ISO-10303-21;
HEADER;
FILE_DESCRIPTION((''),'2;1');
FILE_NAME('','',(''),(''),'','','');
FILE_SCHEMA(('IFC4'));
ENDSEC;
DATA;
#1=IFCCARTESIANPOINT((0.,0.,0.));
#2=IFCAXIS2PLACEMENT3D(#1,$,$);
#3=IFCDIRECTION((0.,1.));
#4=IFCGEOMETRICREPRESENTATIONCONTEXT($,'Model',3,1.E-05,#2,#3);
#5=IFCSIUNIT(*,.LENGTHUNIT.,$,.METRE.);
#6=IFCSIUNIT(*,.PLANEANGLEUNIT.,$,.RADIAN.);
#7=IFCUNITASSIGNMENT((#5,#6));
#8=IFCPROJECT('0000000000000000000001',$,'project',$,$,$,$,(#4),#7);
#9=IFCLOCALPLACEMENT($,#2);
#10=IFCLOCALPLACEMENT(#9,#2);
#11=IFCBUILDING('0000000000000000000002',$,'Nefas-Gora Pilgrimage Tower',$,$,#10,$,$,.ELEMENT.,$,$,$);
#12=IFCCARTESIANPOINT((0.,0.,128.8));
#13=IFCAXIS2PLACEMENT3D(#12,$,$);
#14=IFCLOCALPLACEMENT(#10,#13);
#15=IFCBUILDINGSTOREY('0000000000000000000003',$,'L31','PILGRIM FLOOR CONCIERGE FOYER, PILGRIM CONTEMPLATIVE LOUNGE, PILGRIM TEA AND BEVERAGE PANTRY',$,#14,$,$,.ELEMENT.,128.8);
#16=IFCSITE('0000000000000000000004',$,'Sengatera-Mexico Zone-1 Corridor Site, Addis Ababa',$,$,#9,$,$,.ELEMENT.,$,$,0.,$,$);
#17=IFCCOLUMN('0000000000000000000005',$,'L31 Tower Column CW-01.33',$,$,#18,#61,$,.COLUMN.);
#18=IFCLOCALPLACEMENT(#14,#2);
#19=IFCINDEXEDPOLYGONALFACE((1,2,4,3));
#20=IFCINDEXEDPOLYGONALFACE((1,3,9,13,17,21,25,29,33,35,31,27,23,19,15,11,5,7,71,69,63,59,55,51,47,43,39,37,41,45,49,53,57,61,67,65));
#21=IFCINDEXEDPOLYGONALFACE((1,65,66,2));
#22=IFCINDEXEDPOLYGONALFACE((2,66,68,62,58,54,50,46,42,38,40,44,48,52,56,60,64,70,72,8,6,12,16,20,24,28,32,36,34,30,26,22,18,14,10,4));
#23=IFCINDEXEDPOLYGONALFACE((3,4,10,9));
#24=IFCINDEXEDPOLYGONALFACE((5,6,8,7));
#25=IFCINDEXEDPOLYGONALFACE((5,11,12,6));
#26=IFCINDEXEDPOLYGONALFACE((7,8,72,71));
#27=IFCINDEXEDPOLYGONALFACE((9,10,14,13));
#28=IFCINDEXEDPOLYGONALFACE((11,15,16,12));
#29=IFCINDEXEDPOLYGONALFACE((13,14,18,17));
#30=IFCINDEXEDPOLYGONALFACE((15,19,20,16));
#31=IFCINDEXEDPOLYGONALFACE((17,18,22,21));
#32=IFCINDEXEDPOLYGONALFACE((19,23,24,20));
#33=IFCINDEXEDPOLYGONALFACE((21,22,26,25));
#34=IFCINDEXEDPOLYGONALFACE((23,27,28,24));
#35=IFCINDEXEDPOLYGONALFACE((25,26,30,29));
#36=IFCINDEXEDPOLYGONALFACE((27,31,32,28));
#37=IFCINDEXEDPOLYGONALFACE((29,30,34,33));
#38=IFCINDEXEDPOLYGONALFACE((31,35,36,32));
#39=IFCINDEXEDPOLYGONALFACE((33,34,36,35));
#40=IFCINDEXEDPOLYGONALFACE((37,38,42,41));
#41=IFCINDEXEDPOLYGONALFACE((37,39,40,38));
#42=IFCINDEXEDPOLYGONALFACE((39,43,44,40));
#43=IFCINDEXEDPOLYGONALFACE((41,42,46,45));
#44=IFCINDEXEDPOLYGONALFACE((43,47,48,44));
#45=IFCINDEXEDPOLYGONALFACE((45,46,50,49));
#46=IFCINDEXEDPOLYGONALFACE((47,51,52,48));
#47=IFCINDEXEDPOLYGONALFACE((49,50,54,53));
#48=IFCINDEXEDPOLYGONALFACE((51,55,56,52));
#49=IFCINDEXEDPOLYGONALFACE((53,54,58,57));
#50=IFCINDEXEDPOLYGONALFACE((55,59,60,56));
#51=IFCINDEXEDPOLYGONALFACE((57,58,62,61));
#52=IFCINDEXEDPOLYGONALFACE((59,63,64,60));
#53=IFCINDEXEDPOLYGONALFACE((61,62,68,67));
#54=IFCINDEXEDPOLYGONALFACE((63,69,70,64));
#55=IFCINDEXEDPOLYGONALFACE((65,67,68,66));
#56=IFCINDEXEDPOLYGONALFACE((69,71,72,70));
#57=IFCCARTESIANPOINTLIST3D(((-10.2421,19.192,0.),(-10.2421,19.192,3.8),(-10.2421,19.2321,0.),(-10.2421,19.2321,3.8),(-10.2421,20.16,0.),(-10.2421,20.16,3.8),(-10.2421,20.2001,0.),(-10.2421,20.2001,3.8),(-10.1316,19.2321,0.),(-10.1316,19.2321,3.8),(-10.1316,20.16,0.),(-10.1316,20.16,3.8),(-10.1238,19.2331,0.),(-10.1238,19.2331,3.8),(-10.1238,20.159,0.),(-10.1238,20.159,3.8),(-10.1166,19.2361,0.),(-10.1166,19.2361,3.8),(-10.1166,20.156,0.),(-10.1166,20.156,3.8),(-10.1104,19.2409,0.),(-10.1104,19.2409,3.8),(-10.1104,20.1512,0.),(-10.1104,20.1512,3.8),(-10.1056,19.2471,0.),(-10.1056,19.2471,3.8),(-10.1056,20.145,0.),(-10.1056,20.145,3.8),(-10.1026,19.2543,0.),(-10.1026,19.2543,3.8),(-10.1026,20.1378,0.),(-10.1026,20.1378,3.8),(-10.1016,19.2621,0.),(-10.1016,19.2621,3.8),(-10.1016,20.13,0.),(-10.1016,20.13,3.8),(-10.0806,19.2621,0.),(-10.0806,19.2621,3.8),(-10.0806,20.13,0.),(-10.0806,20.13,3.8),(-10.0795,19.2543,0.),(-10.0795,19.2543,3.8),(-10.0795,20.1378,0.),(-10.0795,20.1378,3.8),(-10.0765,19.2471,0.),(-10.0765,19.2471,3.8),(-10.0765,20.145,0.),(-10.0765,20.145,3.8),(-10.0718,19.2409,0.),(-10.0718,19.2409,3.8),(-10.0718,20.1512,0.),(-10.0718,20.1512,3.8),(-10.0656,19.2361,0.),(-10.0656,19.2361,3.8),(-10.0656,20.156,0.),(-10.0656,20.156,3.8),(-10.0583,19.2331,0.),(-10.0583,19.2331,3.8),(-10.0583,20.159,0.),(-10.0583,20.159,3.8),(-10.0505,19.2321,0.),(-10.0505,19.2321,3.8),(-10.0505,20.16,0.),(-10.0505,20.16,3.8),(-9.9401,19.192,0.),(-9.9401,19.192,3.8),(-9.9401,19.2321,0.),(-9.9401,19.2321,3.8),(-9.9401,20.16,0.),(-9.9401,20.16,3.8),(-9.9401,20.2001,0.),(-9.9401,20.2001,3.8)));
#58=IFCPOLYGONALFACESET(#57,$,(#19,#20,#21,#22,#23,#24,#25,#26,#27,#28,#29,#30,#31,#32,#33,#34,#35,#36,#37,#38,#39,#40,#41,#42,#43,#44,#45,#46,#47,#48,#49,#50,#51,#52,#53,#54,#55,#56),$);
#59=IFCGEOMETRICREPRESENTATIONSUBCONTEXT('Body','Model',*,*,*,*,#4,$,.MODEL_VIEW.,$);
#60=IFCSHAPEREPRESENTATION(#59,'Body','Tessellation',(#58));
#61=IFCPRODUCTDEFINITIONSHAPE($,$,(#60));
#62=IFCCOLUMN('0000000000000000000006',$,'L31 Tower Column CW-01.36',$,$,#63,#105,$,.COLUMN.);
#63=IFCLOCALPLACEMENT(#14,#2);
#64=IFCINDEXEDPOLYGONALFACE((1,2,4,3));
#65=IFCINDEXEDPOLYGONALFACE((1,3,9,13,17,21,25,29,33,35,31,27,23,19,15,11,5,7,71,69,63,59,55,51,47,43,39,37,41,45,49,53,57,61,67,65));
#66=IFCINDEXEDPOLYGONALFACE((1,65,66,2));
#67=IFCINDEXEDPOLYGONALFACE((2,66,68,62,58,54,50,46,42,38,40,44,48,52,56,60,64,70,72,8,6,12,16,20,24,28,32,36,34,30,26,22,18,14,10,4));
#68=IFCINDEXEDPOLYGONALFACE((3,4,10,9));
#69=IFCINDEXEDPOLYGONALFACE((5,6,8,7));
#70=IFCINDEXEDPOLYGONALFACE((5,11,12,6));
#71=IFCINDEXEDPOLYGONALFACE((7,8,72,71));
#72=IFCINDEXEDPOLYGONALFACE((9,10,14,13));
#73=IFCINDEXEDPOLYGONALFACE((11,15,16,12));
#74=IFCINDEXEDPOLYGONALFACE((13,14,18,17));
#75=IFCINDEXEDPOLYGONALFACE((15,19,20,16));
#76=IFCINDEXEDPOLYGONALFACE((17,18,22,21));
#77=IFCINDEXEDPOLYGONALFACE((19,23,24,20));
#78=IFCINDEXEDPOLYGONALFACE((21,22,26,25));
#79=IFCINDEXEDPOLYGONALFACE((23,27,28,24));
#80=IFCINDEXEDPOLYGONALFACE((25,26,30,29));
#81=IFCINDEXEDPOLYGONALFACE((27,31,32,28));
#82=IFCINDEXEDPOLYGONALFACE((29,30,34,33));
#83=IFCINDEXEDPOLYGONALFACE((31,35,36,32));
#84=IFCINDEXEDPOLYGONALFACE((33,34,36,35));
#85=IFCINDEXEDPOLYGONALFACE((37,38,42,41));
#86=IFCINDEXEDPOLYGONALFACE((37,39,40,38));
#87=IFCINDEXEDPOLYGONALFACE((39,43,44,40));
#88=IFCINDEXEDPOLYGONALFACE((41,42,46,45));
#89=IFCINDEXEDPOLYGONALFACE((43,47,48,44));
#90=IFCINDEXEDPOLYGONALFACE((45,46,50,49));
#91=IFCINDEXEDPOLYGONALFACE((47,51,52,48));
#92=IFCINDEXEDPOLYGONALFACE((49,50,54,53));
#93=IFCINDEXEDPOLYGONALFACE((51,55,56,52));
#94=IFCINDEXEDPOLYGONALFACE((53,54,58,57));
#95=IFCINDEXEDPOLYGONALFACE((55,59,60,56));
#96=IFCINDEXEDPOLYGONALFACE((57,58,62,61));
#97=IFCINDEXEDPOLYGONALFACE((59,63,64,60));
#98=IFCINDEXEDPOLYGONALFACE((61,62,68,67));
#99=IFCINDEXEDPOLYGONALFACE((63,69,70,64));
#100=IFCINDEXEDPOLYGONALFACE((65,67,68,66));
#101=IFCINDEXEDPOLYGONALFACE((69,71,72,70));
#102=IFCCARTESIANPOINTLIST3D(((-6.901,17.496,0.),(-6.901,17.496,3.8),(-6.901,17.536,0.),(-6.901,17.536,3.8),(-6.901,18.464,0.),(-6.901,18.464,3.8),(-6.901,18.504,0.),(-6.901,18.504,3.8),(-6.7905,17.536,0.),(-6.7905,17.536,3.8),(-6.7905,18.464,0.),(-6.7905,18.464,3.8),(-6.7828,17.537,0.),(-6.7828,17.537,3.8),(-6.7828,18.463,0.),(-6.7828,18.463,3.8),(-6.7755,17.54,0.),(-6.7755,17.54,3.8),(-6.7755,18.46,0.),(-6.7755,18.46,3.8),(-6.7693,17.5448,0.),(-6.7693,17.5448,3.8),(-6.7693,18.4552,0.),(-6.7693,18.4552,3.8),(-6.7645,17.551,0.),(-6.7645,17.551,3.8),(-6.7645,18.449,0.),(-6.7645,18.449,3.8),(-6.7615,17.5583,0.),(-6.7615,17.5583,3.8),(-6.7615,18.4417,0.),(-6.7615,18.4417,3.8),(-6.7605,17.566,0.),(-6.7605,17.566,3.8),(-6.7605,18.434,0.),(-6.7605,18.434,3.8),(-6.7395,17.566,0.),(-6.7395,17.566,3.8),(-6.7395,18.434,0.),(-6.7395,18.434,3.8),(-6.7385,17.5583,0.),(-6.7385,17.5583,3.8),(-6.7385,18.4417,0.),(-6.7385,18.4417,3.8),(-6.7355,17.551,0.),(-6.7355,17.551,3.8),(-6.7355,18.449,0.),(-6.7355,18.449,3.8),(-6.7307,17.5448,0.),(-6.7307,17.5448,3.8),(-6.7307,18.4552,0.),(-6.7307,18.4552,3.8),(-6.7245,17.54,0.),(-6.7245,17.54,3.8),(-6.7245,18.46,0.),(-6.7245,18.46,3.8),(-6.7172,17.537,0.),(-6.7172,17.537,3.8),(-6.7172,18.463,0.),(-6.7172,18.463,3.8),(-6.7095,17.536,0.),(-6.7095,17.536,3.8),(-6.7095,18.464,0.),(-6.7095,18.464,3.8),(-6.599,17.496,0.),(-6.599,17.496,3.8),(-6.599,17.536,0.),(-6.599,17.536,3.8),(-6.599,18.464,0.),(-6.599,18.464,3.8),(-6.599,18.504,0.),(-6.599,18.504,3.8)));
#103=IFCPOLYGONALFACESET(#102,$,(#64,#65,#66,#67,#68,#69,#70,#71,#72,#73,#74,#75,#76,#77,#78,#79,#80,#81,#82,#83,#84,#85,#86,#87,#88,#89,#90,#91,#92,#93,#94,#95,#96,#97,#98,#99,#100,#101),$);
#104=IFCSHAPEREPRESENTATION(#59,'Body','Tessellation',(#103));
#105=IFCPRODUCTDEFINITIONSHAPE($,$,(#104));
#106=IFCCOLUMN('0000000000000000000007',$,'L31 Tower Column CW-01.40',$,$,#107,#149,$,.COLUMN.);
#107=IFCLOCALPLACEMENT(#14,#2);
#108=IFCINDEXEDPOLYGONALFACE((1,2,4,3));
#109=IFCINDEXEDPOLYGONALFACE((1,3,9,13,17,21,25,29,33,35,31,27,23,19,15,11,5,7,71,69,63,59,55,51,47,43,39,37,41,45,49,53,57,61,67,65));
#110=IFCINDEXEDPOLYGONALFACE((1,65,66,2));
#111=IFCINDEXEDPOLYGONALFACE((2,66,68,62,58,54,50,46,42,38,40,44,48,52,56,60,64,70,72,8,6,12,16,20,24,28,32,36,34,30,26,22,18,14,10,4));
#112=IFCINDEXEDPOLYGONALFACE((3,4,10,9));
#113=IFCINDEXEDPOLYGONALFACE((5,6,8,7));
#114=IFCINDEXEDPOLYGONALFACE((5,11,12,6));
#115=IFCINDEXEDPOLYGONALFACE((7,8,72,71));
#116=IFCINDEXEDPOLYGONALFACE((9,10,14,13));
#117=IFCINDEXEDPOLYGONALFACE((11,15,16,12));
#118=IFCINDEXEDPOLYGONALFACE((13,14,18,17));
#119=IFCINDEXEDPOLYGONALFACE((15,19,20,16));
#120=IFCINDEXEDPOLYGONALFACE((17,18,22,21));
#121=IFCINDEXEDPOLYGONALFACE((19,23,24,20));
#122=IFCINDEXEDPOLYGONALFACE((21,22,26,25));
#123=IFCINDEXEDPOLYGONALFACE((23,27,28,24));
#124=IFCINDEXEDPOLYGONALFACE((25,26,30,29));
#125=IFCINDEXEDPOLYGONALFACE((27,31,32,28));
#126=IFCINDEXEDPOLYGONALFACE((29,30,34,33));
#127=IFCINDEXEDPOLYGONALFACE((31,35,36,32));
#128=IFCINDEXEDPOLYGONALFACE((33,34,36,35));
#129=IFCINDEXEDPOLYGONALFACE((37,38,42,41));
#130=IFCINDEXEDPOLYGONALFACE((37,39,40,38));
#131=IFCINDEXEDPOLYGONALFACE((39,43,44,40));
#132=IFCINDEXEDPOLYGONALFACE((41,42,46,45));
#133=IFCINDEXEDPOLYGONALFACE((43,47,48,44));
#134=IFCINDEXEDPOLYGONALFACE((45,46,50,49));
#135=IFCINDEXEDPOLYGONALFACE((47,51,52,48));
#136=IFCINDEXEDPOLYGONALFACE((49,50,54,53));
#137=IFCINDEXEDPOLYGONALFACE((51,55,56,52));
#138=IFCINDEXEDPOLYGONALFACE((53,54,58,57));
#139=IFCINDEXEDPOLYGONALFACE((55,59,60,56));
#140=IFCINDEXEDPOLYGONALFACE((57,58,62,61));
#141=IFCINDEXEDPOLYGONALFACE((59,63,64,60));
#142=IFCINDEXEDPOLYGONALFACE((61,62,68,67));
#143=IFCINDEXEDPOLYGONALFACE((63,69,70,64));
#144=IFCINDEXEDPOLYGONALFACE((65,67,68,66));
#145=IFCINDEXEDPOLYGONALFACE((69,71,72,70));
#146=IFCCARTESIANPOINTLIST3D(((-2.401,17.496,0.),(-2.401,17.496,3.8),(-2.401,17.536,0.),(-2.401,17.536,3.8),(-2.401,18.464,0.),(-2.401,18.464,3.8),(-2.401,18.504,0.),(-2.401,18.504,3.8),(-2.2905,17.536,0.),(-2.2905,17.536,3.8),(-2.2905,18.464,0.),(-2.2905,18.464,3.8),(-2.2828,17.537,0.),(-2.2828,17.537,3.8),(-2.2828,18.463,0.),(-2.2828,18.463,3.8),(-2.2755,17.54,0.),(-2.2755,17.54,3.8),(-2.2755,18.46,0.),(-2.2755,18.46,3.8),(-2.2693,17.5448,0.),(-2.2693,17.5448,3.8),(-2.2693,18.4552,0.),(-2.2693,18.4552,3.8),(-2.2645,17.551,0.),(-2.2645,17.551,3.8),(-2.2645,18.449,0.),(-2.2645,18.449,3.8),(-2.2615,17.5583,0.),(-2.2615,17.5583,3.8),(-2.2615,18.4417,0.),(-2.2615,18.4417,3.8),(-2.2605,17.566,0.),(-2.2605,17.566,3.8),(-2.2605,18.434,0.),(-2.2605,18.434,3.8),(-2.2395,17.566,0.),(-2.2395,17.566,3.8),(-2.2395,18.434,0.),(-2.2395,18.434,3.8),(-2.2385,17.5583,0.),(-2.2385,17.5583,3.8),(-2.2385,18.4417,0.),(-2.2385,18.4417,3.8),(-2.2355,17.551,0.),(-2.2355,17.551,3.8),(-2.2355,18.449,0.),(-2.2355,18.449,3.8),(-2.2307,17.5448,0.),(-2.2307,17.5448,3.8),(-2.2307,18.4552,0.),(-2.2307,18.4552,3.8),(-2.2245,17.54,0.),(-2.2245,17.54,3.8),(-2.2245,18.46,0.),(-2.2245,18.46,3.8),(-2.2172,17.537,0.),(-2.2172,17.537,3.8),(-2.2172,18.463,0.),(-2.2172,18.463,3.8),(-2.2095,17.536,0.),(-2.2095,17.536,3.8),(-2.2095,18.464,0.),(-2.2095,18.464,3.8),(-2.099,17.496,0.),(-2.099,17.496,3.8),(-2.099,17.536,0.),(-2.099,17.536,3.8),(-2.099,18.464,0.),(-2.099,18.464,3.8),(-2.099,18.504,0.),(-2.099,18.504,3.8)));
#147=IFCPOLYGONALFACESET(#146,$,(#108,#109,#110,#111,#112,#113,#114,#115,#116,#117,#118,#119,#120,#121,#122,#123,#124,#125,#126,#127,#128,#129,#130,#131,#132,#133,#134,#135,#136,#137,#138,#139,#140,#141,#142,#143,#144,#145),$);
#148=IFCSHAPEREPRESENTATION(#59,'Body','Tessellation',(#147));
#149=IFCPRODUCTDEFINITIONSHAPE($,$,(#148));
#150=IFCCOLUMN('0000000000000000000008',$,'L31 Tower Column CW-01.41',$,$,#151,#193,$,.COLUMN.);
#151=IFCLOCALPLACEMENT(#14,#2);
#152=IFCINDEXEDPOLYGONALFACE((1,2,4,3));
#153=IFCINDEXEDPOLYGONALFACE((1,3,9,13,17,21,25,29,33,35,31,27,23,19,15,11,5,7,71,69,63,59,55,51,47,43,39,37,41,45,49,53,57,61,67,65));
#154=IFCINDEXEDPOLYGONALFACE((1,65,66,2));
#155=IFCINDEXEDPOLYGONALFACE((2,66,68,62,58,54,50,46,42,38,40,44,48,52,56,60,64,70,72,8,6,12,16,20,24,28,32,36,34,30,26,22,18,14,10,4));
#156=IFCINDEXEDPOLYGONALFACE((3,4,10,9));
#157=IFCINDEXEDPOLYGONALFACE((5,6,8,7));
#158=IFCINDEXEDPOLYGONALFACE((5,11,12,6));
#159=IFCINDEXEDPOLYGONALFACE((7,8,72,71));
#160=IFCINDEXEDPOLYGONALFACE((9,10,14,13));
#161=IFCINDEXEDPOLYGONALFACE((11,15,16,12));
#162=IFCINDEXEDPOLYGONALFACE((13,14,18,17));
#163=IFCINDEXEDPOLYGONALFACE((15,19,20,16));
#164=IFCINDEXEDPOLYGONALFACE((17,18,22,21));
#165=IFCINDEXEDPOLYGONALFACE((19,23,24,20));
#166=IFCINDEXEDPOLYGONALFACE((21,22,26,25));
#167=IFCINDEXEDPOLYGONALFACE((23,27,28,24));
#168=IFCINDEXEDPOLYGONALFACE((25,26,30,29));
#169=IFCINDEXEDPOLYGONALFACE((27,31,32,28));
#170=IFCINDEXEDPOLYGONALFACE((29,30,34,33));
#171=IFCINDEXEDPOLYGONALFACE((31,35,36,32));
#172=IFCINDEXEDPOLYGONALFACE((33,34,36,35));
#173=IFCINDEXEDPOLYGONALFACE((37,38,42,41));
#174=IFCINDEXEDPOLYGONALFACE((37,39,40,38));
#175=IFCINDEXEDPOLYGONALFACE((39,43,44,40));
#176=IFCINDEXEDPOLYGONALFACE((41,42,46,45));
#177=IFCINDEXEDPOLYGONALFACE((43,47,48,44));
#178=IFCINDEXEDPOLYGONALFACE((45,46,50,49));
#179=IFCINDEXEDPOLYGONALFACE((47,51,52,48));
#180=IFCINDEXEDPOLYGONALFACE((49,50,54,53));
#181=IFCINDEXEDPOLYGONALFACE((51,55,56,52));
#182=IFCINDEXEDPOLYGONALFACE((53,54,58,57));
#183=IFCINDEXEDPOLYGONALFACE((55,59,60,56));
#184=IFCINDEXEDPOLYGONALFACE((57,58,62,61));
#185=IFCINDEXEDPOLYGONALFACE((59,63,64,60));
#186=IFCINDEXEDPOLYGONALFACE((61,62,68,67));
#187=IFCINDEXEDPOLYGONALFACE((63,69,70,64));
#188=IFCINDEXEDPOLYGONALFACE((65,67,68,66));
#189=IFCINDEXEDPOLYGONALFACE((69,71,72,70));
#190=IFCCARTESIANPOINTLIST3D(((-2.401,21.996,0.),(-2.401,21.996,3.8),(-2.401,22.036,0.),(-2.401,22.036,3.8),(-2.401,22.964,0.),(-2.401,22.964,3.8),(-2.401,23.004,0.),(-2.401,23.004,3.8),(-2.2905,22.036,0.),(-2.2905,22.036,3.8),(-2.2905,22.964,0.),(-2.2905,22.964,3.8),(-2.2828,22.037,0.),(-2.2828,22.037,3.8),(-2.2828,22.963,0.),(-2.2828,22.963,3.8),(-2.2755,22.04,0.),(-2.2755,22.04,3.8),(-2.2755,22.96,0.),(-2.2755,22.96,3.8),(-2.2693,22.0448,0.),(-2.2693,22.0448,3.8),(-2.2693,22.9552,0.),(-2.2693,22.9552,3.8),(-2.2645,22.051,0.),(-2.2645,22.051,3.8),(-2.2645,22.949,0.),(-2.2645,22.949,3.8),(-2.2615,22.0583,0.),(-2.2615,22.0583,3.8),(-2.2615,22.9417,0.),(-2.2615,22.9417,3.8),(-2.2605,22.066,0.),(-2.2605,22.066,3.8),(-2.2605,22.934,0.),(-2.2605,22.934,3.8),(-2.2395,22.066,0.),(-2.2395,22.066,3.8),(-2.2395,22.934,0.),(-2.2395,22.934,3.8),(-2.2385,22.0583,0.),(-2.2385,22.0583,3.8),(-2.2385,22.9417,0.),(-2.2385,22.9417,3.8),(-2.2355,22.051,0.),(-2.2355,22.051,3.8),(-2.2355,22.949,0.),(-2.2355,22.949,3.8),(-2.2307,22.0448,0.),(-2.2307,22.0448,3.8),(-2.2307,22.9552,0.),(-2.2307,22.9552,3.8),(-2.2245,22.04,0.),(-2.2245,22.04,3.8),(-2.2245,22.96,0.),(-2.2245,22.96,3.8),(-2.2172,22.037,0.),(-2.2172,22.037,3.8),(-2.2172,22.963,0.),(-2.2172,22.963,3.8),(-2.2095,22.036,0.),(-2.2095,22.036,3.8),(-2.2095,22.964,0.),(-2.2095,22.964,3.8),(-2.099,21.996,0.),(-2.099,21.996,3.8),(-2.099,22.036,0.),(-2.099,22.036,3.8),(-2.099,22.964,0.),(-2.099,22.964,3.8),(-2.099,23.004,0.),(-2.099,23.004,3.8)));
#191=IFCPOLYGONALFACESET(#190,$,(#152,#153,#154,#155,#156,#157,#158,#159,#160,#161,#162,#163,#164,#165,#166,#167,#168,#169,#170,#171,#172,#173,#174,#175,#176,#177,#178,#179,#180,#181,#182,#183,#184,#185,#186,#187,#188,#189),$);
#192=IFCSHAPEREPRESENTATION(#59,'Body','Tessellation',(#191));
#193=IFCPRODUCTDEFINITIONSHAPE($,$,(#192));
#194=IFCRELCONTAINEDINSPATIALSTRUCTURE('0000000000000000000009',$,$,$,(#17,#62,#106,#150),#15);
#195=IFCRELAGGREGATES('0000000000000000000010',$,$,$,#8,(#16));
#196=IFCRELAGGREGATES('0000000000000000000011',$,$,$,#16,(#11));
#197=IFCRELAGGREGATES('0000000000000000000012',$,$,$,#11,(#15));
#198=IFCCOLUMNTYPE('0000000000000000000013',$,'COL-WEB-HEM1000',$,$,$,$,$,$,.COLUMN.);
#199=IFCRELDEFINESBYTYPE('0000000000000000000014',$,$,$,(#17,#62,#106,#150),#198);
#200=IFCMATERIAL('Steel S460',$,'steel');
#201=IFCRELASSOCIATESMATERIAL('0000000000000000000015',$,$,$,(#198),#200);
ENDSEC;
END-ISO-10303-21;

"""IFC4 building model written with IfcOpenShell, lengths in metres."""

from ifc_helpers import new_model, si_unit, direction, frame, origin, origin_2d, place, context, subcontext, project, spatial, i_section, extrude, source, transform, mapped, material, material_profile, profile_set, type_object, element, save


model = new_model("IFC4")

# Units and contexts
model_context = context("Model", 3, precision=1e-05, world=origin(), true_north=direction((0.0, 1.0)))
body_context = subcontext(model_context, "Body", "Model", "MODEL_VIEW")
ifc_project = project(units=[si_unit("LENGTHUNIT", "METRE"), si_unit("PLANEANGLEUNIT", "RADIAN")], contexts=[model_context])

# Site, building, storey
site_placement = place(None, origin())
site = spatial("IfcSite", under=ifc_project, at=site_placement, Name="Sengatera-Mexico Zone-1 Corridor Site, Addis Ababa", CompositionType="ELEMENT", RefElevation=0.0)
building_placement = place(site_placement, origin())
building = spatial("IfcBuilding", under=site, at=building_placement, Name="Nefas-Gora Pilgrimage Tower", CompositionType="ELEMENT")
storey_placement = place(building_placement, frame((0.0, 0.0, 128.8)))
storey = spatial("IfcBuildingStorey", under=building, at=storey_placement, Name="L31", Description="PILGRIM FLOOR CONCIERGE FOYER, PILGRIM CONTEMPLATIVE LOUNGE, PILGRIM TEA AND BEVERAGE PANTRY", CompositionType="ELEMENT", Elevation=128.8)

# Columns
ifc_material_1 = material(Name="Steel S460", Category="steel")
ifc_material_profile_1 = material_profile(ifc_material_1, i_section(OverallWidth=0.302, OverallDepth=1.0081, WebThickness=0.021, FlangeThickness=0.04, FilletRadius=0.03, at=origin_2d()), Name="HEM 1000")
ifc_profile_set_1 = profile_set([ifc_material_profile_1], Name="Steel S460")
column_type_1 = type_object("IfcColumnType", Name="COL-WEB-HEM1000", PredefinedType="COLUMN", material=ifc_profile_set_1)
shared_shape_1 = source(origin(), body_context, "Body", "SweptSolid", [
    extrude(i_section(OverallWidth=0.302, OverallDepth=1.0081, WebThickness=0.021, FlangeThickness=0.04, FilletRadius=0.03, at=origin_2d()), origin(), (0.0, 0.0, 1.0), 3.8),
])
for number, where, z_axis, x_axis, name in (
    (1, (-10.0911, 19.696, 0.0), (0.0, 0.0, 1.0), (1.0, 0.0, 0.0), "L31 Tower Column CW-01.33"),
    (2, (-6.75, 18.0, 0.0), (0.0, 0.0, 1.0), (1.0, 0.0, 0.0), "L31 Tower Column CW-01.36"),
    (3, (-2.25, 18.0, 0.0), (0.0, 0.0, 1.0), (1.0, 0.0, 0.0), "L31 Tower Column CW-01.40"),
    (4, (-2.25, 22.5, 0.0), (0.0, 0.0, 1.0), (1.0, 0.0, 0.0), "L31 Tower Column CW-01.41"),
):
    element("IfcColumn", number, at=place(storey_placement, frame(where, z_axis=z_axis, x_axis=x_axis)), inside=storey, type_object=column_type_1, Name=name, PredefinedType="COLUMN", context=body_context, shape_type="MappedRepresentation", body=[
        mapped(shared_shape_1, transform((0.0, 0.0, 0.0), x_axis=(1.0, 0.0, 0.0), y_axis=(0.0, 1.0, 0.0), z_axis=(0.0, 0.0, 1.0), scale=1.0)),
    ])

save(model, "model.ifc")
